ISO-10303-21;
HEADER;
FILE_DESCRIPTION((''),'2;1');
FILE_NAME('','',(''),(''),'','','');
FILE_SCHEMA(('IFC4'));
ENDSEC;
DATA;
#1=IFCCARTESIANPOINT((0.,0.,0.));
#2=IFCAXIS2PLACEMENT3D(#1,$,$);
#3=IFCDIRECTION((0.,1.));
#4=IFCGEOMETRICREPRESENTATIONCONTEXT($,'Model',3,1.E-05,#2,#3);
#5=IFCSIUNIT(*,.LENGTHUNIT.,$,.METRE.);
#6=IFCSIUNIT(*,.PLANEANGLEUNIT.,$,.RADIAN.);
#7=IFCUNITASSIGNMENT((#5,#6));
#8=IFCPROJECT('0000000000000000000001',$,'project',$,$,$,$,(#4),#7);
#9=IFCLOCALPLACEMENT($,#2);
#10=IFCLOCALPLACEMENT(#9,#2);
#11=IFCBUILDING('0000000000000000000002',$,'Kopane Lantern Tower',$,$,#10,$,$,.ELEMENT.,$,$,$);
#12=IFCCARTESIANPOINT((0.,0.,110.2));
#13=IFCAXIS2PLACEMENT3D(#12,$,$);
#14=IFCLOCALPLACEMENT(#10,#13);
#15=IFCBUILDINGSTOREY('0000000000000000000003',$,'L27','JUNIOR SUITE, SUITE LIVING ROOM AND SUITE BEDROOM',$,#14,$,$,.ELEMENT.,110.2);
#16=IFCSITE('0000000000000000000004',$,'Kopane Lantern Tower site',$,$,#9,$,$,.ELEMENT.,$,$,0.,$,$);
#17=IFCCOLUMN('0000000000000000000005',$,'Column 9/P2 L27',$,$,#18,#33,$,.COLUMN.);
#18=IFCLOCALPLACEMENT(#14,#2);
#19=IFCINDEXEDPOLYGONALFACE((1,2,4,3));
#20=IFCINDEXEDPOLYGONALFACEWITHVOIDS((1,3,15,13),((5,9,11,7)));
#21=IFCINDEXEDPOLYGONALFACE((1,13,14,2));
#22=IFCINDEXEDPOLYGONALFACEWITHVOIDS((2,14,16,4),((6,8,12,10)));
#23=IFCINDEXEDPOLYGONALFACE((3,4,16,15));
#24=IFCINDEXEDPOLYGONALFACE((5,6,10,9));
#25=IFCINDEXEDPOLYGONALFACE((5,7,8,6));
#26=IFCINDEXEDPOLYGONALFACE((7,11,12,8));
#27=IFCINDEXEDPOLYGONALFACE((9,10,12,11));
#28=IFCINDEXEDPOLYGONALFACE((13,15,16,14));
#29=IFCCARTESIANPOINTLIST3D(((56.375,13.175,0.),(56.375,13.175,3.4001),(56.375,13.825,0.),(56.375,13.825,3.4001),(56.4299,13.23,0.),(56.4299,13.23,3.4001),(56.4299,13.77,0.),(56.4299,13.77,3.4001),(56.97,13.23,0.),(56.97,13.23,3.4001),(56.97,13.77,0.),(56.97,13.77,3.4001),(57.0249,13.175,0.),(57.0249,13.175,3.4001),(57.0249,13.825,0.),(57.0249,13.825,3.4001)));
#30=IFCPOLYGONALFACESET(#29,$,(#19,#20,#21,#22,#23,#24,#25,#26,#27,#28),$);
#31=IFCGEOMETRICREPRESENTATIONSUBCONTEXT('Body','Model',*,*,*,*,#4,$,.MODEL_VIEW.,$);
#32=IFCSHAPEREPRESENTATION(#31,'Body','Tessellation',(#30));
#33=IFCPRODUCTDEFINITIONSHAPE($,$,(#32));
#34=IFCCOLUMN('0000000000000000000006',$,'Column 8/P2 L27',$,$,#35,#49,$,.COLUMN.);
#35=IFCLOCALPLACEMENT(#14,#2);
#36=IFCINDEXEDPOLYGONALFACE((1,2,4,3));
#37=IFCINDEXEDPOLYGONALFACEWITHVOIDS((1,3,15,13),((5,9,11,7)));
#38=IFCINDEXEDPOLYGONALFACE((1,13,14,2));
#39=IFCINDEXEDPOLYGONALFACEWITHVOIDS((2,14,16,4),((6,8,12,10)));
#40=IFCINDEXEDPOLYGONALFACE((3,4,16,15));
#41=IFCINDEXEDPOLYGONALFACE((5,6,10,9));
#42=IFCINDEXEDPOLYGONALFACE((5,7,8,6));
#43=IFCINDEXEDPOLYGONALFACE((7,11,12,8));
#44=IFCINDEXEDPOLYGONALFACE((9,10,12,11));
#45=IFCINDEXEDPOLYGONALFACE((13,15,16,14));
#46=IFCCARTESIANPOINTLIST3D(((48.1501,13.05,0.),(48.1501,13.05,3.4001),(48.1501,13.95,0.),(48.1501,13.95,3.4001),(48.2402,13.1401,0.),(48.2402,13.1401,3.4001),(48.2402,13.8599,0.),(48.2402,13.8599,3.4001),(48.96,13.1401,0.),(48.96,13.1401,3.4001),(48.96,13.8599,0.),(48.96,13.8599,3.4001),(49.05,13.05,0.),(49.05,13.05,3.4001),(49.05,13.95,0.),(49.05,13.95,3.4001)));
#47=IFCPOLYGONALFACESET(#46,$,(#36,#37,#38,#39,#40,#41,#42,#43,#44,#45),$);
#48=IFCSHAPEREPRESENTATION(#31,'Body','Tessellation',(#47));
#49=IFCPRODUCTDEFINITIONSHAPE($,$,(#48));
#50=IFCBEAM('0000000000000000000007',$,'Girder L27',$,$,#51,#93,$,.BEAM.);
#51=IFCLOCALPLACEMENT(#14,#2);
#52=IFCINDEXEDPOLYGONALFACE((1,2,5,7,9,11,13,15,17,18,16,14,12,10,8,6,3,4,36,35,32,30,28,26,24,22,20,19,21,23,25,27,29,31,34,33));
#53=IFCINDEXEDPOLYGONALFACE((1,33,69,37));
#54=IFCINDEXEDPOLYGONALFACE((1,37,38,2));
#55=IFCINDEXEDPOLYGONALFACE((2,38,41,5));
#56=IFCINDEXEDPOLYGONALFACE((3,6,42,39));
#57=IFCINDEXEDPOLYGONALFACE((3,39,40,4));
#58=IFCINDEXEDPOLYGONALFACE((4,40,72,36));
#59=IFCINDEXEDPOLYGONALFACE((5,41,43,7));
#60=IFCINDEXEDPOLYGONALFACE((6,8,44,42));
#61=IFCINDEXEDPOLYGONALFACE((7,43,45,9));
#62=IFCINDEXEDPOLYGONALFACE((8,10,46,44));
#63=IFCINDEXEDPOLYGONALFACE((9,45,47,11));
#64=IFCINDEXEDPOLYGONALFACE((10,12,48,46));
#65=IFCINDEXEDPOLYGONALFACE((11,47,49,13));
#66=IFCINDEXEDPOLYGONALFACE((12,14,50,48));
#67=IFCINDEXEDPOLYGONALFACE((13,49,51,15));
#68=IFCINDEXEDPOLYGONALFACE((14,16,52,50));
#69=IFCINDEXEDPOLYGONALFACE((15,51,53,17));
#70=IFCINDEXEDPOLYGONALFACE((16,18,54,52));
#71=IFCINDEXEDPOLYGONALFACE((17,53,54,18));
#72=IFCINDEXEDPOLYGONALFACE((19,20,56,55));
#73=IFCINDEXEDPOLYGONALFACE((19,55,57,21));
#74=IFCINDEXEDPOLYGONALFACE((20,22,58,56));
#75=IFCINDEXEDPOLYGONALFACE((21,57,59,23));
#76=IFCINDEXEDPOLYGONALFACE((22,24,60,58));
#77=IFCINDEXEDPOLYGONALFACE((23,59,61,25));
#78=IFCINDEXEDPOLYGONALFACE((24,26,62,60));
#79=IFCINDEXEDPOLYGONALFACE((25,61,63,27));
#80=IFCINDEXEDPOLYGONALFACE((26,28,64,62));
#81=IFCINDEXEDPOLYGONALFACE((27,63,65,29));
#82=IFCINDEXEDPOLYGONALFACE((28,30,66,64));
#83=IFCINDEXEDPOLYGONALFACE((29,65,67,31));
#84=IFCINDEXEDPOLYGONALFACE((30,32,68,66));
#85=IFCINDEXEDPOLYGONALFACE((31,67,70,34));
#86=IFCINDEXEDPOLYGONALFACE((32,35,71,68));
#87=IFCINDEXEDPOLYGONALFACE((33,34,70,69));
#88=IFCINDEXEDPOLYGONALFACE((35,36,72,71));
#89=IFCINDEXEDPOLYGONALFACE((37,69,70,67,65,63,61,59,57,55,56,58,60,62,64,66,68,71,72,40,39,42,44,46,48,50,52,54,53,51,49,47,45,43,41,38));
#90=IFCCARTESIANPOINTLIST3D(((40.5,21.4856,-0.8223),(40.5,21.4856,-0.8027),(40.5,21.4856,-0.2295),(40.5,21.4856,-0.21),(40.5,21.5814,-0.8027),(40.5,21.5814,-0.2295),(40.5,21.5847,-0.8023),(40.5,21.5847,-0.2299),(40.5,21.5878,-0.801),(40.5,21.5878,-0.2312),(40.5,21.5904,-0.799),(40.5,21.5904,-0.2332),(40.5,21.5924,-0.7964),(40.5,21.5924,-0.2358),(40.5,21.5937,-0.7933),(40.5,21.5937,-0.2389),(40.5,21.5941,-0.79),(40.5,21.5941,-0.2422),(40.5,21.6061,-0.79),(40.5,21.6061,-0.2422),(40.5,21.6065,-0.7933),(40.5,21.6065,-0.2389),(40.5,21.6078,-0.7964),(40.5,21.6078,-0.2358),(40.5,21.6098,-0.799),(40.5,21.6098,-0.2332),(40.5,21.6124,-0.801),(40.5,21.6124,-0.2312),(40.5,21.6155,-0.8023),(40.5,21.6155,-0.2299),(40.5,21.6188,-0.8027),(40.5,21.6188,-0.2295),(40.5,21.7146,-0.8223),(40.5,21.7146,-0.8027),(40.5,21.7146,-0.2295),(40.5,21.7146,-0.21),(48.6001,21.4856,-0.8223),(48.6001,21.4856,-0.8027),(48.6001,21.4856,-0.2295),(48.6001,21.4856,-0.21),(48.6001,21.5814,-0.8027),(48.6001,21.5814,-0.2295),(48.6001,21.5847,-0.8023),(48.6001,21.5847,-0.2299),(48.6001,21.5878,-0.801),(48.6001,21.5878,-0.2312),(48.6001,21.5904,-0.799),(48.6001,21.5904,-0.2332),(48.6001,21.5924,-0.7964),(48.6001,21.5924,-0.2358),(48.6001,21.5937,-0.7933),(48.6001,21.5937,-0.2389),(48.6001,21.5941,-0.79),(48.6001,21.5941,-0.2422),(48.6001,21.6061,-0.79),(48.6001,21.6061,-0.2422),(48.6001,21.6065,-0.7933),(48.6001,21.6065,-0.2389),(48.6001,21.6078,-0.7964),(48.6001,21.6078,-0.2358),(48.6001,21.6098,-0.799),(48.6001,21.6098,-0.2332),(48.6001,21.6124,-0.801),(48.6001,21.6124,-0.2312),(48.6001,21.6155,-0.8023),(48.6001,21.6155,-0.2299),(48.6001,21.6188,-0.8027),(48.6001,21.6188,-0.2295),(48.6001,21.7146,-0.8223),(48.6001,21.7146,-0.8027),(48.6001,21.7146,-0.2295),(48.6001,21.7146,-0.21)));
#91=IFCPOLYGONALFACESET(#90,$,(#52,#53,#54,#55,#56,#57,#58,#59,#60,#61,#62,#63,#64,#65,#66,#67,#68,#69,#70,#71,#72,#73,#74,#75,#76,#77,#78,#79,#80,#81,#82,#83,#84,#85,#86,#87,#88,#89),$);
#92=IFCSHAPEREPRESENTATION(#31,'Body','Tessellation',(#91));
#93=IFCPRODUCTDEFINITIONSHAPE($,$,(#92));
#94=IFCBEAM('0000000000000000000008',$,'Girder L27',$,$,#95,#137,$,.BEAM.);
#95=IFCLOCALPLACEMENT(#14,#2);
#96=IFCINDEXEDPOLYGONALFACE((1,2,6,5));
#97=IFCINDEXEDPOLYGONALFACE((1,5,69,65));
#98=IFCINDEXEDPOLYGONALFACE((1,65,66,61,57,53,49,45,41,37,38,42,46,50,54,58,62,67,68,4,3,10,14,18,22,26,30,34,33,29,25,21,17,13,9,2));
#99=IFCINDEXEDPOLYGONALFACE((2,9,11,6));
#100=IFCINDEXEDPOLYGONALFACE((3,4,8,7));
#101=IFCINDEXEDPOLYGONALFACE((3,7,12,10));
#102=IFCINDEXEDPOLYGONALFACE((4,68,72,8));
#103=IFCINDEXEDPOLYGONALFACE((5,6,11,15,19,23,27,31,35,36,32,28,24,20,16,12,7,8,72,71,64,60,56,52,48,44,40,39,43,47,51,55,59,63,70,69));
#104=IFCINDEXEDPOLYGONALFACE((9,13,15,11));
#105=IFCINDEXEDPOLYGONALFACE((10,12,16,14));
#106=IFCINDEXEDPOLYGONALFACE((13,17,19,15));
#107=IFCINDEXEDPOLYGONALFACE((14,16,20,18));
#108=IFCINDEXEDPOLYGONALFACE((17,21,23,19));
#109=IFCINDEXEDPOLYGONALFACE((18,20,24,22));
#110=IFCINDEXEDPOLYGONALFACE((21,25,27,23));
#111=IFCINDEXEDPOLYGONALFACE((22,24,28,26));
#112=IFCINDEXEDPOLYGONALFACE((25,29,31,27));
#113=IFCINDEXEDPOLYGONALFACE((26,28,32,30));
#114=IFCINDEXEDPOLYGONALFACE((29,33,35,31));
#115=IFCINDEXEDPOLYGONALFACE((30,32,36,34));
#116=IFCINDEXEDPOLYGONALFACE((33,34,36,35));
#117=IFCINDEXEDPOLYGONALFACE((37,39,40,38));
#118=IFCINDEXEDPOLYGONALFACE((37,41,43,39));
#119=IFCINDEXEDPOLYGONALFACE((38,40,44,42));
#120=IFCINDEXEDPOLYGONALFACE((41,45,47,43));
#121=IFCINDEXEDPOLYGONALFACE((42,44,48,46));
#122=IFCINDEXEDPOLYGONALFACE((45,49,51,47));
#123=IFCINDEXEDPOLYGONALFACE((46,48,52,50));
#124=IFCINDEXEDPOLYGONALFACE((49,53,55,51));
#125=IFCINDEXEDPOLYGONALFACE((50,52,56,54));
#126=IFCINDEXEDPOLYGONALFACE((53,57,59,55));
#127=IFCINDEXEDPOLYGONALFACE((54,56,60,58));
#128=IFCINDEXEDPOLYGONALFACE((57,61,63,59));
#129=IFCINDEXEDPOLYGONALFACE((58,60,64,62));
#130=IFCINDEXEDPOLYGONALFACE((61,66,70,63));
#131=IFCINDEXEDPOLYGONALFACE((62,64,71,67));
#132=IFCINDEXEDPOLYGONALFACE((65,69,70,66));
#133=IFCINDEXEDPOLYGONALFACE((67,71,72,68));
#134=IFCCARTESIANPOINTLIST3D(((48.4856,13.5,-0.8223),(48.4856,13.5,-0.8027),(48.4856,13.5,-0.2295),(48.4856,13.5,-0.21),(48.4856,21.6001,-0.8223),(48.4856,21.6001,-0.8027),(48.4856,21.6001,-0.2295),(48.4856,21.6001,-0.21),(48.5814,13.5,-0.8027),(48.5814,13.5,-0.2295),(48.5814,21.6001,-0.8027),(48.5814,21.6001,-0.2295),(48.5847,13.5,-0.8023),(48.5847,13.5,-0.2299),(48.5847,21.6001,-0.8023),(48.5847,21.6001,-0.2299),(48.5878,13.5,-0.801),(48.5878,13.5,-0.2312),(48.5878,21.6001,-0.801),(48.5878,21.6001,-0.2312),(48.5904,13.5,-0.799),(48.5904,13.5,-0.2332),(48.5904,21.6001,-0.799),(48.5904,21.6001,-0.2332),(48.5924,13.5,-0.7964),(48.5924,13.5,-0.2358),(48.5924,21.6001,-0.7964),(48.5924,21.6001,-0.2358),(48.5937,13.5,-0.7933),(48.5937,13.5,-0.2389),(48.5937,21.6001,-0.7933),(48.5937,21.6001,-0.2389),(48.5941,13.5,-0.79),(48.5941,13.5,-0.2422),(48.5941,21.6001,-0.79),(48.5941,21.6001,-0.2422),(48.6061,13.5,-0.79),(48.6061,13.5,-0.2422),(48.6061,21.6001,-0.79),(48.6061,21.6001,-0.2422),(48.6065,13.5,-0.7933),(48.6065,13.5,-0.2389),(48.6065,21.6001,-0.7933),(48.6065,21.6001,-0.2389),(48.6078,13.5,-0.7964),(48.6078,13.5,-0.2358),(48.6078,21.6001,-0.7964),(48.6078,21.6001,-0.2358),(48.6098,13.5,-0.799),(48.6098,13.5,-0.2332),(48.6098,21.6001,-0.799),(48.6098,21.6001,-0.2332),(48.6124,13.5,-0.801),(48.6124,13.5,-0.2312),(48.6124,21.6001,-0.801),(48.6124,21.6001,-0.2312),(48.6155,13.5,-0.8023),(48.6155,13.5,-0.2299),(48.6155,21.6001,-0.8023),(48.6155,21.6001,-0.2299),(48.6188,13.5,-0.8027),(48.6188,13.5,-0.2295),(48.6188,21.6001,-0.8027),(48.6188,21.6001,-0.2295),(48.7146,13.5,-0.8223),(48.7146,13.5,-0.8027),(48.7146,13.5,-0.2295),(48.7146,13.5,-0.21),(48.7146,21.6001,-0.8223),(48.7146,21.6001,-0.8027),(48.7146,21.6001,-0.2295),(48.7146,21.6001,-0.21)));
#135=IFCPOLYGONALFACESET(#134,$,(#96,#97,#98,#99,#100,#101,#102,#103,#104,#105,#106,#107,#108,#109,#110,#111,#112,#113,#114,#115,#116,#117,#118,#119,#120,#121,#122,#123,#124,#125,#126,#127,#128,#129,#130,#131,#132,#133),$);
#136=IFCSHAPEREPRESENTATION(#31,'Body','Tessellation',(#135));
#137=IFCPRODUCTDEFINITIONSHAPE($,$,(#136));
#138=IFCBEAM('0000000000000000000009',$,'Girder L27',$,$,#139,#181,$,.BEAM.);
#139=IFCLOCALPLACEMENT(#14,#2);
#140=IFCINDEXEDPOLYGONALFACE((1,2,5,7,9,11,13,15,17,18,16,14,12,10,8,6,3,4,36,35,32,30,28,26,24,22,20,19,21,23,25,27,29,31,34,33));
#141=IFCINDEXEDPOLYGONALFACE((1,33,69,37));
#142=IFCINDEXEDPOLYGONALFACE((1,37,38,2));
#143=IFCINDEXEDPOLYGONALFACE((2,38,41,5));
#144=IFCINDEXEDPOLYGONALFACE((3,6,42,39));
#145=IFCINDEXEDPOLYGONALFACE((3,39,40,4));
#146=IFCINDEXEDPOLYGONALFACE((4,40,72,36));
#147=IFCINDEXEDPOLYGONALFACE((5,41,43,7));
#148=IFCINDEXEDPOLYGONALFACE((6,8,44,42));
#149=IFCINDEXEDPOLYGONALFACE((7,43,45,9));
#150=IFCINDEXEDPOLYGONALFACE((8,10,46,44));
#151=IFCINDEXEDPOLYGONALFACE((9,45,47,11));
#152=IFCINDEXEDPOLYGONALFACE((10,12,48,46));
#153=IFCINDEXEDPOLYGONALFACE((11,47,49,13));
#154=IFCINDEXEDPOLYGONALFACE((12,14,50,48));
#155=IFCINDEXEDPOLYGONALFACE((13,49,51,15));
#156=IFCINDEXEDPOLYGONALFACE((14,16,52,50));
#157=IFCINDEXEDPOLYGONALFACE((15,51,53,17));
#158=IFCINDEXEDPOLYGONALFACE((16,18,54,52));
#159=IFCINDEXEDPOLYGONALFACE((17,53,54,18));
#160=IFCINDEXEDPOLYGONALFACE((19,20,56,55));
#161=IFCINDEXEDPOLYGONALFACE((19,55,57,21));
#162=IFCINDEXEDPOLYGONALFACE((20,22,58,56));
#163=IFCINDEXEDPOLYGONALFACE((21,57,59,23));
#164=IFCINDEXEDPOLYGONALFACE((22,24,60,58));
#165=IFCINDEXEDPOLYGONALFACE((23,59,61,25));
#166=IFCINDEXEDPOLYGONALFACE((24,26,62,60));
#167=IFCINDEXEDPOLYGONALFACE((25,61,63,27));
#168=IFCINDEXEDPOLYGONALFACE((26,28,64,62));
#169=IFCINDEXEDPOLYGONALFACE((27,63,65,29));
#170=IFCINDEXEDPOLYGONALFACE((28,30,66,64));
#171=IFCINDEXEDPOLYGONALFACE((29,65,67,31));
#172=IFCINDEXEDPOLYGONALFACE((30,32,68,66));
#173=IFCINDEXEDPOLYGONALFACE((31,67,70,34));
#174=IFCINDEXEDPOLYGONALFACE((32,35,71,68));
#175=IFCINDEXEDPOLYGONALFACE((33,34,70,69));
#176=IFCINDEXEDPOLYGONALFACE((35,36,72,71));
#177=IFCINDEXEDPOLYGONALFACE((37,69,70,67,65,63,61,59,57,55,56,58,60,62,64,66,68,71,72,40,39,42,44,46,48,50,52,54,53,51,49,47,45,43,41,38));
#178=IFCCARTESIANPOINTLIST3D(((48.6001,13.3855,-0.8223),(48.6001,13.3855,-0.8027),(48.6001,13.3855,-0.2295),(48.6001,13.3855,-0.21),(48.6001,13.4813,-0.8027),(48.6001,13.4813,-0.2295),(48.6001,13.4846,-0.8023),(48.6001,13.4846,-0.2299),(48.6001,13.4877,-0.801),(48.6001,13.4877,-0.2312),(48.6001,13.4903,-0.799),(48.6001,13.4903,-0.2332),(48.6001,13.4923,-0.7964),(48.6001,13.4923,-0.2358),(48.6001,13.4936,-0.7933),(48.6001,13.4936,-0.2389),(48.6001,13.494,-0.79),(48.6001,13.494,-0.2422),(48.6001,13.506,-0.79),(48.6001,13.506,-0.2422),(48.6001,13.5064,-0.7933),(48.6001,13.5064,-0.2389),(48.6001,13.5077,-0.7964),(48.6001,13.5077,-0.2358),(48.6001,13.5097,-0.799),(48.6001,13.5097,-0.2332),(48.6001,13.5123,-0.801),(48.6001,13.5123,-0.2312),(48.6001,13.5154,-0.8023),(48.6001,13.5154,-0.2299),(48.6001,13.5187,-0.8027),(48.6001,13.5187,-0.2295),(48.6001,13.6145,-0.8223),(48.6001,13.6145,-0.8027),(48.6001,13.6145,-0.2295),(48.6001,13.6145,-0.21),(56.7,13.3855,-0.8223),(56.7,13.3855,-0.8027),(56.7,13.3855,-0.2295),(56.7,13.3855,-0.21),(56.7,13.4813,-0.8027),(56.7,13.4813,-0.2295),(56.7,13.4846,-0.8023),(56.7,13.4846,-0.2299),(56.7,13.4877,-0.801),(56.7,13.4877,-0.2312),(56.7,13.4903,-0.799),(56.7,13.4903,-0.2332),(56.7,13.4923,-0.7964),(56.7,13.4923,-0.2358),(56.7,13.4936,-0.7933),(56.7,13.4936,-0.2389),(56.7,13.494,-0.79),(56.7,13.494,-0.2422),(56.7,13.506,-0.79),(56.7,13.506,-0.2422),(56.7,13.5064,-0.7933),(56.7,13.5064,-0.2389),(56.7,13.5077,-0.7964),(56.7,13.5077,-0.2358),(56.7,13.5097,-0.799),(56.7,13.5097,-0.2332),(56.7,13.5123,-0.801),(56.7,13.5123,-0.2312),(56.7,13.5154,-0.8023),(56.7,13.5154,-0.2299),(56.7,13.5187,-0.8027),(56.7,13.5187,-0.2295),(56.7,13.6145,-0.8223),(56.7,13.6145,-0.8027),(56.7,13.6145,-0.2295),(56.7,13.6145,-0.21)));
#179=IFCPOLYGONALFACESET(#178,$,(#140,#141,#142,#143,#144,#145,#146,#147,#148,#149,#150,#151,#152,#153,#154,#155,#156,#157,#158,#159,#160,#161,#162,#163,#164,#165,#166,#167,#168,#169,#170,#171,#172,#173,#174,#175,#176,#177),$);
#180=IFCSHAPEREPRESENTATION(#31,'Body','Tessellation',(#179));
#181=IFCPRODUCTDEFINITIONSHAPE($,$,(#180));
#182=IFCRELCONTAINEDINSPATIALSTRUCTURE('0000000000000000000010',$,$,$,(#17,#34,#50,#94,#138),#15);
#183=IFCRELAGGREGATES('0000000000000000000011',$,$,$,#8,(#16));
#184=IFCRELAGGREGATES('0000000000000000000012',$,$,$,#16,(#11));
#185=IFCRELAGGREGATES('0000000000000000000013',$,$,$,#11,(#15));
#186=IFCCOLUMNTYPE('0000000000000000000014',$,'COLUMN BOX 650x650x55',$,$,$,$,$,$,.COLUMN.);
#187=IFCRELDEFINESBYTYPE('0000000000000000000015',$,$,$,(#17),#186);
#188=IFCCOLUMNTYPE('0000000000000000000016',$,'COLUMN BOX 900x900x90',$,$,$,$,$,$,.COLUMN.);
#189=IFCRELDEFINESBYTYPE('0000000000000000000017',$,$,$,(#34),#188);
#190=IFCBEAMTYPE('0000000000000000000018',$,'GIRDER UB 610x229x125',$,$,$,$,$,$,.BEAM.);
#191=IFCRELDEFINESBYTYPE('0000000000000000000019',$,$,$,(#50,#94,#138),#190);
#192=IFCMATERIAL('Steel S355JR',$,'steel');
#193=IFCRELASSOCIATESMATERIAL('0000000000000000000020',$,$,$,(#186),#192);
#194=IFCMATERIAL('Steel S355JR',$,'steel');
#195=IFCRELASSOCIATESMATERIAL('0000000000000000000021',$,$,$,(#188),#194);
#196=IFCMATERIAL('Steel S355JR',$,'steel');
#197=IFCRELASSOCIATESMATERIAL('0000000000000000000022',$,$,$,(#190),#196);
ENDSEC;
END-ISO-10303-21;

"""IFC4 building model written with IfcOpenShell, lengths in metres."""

from ifc_helpers import new_model, si_unit, direction, frame, origin, origin_2d, place, context, subcontext, project, spatial, hollow_rectangle, i_section, extrude, material, material_profile, profile_set, type_object, element, save


model = new_model("IFC4")

# Units and contexts
model_context = context("Model", 3, precision=1e-05, world=origin(), true_north=direction((0.0, 1.0)))
body_context = subcontext(model_context, "Body", "Model", "MODEL_VIEW")
ifc_project = project(units=[si_unit("LENGTHUNIT", "METRE"), si_unit("PLANEANGLEUNIT", "RADIAN")], contexts=[model_context])

# Site, building, storey
site_placement = place(None, origin())
site = spatial("IfcSite", under=ifc_project, at=site_placement, Name="Kopane Lantern Tower site", CompositionType="ELEMENT", RefElevation=0.0)
building_placement = place(site_placement, origin())
building = spatial("IfcBuilding", under=site, at=building_placement, Name="Kopane Lantern Tower", CompositionType="ELEMENT")
storey_placement = place(building_placement, frame((0.0, 0.0, 110.2)))
storey = spatial("IfcBuildingStorey", under=building, at=storey_placement, Name="L27", Description="JUNIOR SUITE, SUITE LIVING ROOM AND SUITE BEDROOM", CompositionType="ELEMENT", Elevation=110.2)

# Columns
ifc_material_1 = material(Name="Steel S355JR", Category="steel")
ifc_material_profile_1 = material_profile(ifc_material_1, hollow_rectangle(XDim=0.6499, YDim=0.6499, WallThickness=0.0549, at=origin_2d()), Name="BOX 650x650x55")
ifc_profile_set_1 = profile_set([ifc_material_profile_1], Name="Steel S355JR")
column_type_1 = type_object("IfcColumnType", Name="COLUMN BOX 650x650x55", PredefinedType="COLUMN", material=ifc_profile_set_1)
column_1_placement = place(storey_placement, frame((56.7, 13.5, 0.0), z_axis=(0.0, 0.0, 1.0), x_axis=(1.0, 0.0, 0.0)))
element("IfcColumn", 1, at=column_1_placement, inside=storey, type_object=column_type_1, Name="Column 9/P2 L27", PredefinedType="COLUMN", context=body_context, shape_type="SweptSolid", body=[
    extrude(hollow_rectangle(XDim=0.6499, YDim=0.6499, WallThickness=0.0549, at=origin_2d()), origin(), (0.0, 0.0, 1.0), 3.4001),
])
ifc_material_2 = material(Name="Steel S355JR", Category="steel")
ifc_material_profile_2 = material_profile(ifc_material_2, hollow_rectangle(XDim=0.8999, YDim=0.8999, WallThickness=0.0901, at=origin_2d()), Name="BOX 900x900x90")
ifc_profile_set_2 = profile_set([ifc_material_profile_2], Name="Steel S355JR")
column_type_2 = type_object("IfcColumnType", Name="COLUMN BOX 900x900x90", PredefinedType="COLUMN", material=ifc_profile_set_2)
column_2_placement = place(storey_placement, frame((48.6001, 13.5, 0.0), z_axis=(0.0, 0.0, 1.0), x_axis=(1.0, 0.0, 0.0)))
element("IfcColumn", 2, at=column_2_placement, inside=storey, type_object=column_type_2, Name="Column 8/P2 L27", PredefinedType="COLUMN", context=body_context, shape_type="SweptSolid", body=[
    extrude(hollow_rectangle(XDim=0.8999, YDim=0.8999, WallThickness=0.0901, at=origin_2d()), origin(), (0.0, 0.0, 1.0), 3.4001),
])

# Beams
ifc_material_3 = material(Name="Steel S355JR", Category="steel")
ifc_material_profile_3 = material_profile(ifc_material_3, i_section(OverallWidth=0.229, OverallDepth=0.6123, WebThickness=0.012, FlangeThickness=0.0195, FilletRadius=0.0127, at=origin_2d()), Name="UB 610x229x125")
ifc_profile_set_3 = profile_set([ifc_material_profile_3], Name="Steel S355JR")
beam_type = type_object("IfcBeamType", Name="GIRDER UB 610x229x125", PredefinedType="BEAM", material=ifc_profile_set_3)
for number, where, z_axis, x_axis, name in (
    (3, (40.5, 21.6001, -0.5161), (1.0, 0.0, 0.0), (0.0, 1.0, 0.0), "Girder L27"),
    (4, (48.6001, 13.5, -0.5161), (0.0, 1.0, 0.0), (-1.0, 0.0, 0.0), "Girder L27"),
):
    element("IfcBeam", number, at=place(storey_placement, frame(where, z_axis=z_axis, x_axis=x_axis)), inside=storey, type_object=beam_type, Name=name, PredefinedType="BEAM", context=body_context, shape_type="SweptSolid", body=[
        extrude(i_section(OverallWidth=0.229, OverallDepth=0.6123, WebThickness=0.012, FlangeThickness=0.0195, FilletRadius=0.0127, at=origin_2d()), origin(), (0.0, 0.0, 1.0), 8.1001),
    ])
beam_1_placement = place(storey_placement, frame((48.6001, 13.5, -0.5161), z_axis=(1.0, 0.0, 0.0), x_axis=(0.0, 1.0, 0.0)))
element("IfcBeam", 5, at=beam_1_placement, inside=storey, type_object=beam_type, Name="Girder L27", PredefinedType="BEAM", context=body_context, shape_type="SweptSolid", body=[
    extrude(i_section(OverallWidth=0.229, OverallDepth=0.6123, WebThickness=0.012, FlangeThickness=0.0195, FilletRadius=0.0127, at=origin_2d()), origin(), (0.0, 0.0, 1.0), 8.0999),
])

save(model, "model.ifc")
